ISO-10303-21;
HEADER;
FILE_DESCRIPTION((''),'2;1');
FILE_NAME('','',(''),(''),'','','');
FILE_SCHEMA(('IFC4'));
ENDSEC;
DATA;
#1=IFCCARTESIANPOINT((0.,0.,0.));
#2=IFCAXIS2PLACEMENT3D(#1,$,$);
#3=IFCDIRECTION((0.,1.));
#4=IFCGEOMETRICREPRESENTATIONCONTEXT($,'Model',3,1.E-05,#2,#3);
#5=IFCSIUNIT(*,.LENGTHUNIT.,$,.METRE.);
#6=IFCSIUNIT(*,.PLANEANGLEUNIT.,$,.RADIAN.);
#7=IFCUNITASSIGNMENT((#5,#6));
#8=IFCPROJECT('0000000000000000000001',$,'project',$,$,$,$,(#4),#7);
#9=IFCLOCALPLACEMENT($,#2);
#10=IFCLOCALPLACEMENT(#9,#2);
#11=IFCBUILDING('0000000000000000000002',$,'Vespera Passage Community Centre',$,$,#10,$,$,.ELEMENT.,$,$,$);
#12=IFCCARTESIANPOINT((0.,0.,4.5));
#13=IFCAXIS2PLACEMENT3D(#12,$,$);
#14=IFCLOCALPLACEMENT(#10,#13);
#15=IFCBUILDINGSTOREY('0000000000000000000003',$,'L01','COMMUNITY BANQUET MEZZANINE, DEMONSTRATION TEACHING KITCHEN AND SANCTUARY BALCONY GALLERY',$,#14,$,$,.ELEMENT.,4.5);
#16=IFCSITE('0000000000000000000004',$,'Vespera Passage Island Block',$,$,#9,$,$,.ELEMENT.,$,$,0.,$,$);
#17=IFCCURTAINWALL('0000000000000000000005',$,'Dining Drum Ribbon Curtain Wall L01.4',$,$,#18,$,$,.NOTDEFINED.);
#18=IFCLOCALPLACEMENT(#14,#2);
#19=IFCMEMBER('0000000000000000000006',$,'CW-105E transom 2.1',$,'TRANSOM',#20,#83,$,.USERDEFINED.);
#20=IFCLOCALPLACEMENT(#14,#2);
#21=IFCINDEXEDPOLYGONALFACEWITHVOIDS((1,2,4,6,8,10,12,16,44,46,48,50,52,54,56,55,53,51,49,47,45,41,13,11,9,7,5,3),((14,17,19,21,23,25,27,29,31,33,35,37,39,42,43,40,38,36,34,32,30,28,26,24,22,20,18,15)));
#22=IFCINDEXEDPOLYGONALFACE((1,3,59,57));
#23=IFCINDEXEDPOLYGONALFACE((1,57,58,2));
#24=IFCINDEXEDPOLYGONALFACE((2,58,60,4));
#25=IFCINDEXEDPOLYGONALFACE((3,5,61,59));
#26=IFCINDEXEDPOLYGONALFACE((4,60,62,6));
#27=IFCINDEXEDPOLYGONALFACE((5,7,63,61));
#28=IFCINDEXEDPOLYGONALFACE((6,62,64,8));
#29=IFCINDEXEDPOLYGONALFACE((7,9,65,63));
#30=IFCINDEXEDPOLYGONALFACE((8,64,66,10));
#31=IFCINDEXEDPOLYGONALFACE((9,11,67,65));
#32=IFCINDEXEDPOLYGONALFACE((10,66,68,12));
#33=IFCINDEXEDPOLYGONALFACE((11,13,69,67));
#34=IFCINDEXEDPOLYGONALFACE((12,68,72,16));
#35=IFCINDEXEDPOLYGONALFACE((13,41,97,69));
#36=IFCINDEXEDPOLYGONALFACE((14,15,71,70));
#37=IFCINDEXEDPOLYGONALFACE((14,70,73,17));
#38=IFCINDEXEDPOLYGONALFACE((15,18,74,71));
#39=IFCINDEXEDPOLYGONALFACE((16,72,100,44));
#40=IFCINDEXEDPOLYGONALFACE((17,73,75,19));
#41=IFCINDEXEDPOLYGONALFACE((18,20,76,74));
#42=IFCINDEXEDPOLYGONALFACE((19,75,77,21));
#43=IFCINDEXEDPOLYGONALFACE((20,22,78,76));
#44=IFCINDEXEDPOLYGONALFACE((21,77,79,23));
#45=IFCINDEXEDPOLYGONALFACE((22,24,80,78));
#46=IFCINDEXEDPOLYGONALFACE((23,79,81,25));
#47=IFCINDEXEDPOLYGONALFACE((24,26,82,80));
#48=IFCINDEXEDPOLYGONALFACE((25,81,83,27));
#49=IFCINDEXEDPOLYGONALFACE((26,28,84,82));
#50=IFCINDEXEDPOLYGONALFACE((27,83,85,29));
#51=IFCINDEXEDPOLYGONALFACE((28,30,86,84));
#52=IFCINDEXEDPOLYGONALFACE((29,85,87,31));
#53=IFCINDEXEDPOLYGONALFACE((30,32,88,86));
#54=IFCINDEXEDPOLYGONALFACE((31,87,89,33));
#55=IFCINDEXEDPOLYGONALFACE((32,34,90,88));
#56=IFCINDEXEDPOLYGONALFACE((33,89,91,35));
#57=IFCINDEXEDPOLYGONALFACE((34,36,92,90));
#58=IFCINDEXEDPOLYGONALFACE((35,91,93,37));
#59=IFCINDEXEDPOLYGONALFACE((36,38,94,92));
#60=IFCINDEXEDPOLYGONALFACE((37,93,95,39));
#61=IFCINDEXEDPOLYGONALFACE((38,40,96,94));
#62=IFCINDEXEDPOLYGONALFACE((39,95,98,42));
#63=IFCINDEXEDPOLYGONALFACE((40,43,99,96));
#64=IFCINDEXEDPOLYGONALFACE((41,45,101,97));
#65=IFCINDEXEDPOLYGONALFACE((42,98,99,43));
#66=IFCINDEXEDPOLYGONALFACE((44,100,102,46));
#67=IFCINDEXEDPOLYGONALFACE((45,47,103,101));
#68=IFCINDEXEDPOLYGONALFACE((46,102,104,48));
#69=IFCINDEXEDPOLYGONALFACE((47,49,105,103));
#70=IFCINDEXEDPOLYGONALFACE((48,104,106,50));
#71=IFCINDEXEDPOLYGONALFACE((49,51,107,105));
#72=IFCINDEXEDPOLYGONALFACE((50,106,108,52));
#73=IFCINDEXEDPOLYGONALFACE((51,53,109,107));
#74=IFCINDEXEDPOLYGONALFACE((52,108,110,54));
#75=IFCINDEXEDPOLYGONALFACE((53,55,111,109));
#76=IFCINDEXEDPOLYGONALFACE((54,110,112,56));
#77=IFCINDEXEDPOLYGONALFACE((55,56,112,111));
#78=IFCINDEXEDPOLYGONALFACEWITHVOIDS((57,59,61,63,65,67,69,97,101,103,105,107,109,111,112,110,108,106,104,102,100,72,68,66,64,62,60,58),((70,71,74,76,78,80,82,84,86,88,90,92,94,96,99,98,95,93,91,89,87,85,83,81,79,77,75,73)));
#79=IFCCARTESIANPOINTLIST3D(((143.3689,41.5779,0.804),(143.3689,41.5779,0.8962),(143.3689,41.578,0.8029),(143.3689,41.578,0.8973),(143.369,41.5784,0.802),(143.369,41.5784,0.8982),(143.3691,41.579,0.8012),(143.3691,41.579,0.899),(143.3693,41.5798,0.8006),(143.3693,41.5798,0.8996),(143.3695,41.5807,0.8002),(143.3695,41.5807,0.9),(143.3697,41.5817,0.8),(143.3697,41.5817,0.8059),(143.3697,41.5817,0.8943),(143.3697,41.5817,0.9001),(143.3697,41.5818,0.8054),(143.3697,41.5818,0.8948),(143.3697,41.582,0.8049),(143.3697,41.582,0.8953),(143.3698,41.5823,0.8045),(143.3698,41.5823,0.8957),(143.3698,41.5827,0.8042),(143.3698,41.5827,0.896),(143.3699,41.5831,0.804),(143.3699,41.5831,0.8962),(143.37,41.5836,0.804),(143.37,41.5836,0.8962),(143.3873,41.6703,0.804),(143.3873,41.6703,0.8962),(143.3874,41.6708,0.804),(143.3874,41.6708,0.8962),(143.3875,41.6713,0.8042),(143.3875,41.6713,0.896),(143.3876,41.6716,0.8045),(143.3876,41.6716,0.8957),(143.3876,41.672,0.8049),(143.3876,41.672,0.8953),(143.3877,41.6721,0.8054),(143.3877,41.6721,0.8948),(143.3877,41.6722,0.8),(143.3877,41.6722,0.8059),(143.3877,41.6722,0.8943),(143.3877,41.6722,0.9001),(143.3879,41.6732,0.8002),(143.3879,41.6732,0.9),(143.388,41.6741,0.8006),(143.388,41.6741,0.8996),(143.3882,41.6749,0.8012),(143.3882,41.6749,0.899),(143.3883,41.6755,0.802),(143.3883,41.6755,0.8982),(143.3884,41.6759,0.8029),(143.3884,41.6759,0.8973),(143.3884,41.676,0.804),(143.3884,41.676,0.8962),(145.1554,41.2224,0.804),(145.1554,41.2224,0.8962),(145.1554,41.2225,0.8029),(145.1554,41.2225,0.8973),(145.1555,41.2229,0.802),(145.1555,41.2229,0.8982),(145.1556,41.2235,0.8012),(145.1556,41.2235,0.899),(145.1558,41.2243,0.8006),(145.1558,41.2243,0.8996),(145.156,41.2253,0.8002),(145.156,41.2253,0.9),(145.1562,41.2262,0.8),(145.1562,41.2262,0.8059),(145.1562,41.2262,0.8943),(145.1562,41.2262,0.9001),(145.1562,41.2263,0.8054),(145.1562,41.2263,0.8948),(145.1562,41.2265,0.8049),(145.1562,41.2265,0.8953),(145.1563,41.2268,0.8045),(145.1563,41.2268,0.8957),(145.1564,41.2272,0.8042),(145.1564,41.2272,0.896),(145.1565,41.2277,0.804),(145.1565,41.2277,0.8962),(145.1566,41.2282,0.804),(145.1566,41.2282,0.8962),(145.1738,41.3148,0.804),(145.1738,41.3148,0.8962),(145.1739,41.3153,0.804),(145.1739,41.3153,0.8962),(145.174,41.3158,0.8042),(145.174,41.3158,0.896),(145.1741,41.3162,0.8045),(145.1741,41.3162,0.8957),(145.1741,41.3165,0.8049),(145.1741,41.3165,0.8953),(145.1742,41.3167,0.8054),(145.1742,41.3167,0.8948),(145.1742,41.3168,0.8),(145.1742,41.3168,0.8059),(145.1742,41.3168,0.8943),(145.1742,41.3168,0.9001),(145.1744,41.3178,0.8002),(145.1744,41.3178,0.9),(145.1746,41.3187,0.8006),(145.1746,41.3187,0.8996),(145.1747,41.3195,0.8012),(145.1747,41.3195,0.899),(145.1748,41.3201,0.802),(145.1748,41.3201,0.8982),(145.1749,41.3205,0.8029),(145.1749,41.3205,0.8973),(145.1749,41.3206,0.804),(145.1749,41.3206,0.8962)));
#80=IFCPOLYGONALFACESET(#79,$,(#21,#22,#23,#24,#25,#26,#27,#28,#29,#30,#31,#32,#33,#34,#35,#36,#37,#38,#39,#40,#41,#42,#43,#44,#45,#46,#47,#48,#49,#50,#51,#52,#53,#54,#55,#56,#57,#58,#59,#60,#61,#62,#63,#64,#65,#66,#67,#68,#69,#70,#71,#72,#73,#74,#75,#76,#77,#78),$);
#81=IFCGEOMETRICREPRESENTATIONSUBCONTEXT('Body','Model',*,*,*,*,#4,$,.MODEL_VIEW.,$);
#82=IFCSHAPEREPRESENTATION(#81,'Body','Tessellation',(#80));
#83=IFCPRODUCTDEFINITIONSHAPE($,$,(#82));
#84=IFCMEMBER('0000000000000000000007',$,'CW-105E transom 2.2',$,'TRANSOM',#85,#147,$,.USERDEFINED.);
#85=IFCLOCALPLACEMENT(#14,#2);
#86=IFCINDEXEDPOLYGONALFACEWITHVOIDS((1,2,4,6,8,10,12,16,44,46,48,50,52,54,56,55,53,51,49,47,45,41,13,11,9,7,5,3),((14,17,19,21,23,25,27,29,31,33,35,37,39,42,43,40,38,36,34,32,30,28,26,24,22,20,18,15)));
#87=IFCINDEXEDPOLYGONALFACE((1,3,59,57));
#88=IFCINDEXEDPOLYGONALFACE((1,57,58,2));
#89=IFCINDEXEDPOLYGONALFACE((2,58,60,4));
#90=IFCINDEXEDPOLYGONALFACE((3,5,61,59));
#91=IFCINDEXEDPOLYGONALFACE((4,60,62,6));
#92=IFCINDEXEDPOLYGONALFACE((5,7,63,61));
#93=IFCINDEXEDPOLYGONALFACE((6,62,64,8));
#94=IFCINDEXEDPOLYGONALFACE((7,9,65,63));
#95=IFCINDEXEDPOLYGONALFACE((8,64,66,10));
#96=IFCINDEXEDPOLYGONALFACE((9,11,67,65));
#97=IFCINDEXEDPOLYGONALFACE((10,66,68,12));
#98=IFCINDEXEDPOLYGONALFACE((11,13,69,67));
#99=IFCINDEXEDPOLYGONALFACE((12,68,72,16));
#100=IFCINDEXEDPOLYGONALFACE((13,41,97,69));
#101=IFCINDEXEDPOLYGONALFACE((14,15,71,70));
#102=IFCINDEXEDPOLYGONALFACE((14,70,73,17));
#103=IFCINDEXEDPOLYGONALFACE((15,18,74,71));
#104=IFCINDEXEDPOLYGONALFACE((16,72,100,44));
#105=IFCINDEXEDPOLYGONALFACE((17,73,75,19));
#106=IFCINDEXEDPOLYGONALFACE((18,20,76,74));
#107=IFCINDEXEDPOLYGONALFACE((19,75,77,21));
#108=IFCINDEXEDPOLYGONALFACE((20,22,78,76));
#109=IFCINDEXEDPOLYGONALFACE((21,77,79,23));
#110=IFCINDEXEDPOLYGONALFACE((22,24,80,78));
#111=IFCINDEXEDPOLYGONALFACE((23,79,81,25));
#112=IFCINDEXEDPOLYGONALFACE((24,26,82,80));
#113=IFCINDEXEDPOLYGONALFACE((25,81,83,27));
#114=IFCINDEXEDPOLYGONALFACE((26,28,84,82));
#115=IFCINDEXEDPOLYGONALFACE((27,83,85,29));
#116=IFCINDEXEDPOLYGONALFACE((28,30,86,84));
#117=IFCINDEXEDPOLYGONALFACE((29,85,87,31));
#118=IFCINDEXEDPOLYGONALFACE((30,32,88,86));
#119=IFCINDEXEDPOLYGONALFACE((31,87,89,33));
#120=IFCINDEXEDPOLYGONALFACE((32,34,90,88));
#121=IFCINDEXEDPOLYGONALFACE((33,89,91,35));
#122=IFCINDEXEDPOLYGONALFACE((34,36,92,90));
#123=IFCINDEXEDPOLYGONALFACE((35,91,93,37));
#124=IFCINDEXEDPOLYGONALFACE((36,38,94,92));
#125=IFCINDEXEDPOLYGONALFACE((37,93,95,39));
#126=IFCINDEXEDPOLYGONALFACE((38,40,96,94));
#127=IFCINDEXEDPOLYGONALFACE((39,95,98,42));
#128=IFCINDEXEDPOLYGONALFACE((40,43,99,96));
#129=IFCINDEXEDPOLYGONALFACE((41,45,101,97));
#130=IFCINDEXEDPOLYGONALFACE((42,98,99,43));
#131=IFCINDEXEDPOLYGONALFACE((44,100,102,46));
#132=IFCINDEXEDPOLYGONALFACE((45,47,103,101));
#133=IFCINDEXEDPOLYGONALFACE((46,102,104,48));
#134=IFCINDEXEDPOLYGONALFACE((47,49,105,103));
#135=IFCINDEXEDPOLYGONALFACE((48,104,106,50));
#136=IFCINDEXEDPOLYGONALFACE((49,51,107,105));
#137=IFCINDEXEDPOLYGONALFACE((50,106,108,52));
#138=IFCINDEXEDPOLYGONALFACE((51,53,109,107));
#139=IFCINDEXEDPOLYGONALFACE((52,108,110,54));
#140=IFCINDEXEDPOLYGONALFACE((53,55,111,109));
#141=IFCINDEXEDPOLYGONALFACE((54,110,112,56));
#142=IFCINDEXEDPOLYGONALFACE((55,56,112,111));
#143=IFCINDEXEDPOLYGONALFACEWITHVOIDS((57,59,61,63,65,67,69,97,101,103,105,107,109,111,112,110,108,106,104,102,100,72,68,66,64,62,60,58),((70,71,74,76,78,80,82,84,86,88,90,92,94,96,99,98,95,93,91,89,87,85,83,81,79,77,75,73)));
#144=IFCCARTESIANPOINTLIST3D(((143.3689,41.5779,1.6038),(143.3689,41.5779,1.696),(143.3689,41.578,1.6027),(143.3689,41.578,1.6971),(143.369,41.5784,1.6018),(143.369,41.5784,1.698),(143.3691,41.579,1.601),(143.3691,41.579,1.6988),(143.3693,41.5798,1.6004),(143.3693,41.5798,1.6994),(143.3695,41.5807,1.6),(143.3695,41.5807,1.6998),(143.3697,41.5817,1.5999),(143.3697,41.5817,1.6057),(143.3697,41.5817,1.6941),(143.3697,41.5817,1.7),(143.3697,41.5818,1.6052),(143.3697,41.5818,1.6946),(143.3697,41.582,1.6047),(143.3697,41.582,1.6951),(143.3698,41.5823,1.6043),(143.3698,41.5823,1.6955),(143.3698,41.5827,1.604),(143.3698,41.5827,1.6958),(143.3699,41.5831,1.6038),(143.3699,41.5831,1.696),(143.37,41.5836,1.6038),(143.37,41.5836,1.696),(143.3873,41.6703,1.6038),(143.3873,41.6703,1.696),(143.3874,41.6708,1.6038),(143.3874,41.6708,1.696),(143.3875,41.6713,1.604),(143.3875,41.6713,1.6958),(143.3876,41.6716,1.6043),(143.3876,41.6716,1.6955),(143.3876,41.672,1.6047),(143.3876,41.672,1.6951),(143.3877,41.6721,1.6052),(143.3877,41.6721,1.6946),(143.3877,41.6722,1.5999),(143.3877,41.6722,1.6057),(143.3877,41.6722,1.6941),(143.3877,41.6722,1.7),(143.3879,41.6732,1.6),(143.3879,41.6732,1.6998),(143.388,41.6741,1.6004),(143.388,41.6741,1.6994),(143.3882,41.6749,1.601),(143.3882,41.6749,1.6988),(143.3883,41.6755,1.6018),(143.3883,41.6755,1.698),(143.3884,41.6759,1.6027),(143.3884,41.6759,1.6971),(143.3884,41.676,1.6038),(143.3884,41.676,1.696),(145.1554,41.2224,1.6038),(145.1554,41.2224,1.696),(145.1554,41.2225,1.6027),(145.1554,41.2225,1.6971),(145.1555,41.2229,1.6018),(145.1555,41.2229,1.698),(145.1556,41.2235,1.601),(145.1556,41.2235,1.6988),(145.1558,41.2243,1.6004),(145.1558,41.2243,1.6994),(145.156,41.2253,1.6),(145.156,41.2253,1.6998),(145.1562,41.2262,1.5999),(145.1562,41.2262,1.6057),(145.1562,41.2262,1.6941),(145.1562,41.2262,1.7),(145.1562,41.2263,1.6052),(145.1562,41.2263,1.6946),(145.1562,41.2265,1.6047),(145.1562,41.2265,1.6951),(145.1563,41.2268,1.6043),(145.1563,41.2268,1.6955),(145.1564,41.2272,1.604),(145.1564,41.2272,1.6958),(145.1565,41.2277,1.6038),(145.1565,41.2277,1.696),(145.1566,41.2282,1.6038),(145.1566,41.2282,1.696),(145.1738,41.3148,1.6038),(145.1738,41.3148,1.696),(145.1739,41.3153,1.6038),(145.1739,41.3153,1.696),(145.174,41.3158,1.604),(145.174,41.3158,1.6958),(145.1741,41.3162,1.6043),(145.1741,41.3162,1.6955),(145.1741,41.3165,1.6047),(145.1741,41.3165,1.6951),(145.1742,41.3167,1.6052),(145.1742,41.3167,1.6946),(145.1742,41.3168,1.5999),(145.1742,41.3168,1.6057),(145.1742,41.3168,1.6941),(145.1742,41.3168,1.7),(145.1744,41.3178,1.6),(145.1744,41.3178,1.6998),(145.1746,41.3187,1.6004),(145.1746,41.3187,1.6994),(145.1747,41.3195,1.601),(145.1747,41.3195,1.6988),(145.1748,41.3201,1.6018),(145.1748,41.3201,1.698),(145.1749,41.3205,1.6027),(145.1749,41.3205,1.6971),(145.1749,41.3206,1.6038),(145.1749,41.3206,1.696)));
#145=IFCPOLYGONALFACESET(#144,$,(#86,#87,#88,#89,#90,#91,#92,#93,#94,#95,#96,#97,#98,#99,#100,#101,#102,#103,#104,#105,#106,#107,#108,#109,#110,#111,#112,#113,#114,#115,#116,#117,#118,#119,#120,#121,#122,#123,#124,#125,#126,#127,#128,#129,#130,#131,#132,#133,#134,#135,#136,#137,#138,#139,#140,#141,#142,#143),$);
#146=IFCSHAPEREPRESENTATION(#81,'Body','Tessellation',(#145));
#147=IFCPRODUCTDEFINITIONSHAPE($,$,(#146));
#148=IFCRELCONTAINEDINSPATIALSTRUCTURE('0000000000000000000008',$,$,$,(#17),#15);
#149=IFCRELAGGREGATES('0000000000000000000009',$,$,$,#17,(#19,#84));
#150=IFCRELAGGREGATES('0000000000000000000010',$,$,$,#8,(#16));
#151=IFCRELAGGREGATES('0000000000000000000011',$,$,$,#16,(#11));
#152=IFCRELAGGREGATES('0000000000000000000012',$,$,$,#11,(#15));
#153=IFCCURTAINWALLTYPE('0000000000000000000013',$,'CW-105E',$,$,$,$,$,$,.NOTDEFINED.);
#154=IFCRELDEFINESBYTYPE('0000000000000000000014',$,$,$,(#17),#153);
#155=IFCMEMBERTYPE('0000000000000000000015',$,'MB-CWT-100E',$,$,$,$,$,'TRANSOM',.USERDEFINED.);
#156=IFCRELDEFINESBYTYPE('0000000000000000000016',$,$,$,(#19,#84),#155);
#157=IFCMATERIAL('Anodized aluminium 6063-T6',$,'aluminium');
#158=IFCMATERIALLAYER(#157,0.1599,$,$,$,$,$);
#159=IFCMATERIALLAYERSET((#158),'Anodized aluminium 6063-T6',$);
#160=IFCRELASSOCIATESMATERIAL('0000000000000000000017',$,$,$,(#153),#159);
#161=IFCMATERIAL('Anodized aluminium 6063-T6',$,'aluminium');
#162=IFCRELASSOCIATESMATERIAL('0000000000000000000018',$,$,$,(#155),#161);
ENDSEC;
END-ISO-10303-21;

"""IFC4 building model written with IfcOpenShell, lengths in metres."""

from ifc_helpers import new_model, si_unit, direction, frame, origin, origin_2d, place, context, subcontext, project, spatial, hollow_rectangle, extrude, material, layer, layer_set, material_profile, profile_set, type_object, element, aggregate, save


model = new_model("IFC4")

# Units and contexts
model_context = context("Model", 3, precision=1e-05, world=origin(), true_north=direction((0.0, 1.0)))
body_context = subcontext(model_context, "Body", "Model", "MODEL_VIEW")
ifc_project = project(units=[si_unit("LENGTHUNIT", "METRE"), si_unit("PLANEANGLEUNIT", "RADIAN")], contexts=[model_context])

# Site, building, storey
site_placement = place(None, origin())
site = spatial("IfcSite", under=ifc_project, at=site_placement, Name="Vespera Passage Island Block", CompositionType="ELEMENT", RefElevation=0.0)
building_placement = place(site_placement, origin())
building = spatial("IfcBuilding", under=site, at=building_placement, Name="Vespera Passage Community Centre", CompositionType="ELEMENT")
storey_placement = place(building_placement, frame((0.0, 0.0, 4.5)))
storey = spatial("IfcBuildingStorey", under=building, at=storey_placement, Name="L01", Description="COMMUNITY BANQUET MEZZANINE, DEMONSTRATION TEACHING KITCHEN AND SANCTUARY BALCONY GALLERY", CompositionType="ELEMENT", Elevation=4.5)

# Curtain wall
ifc_material_1 = material(Name="Anodized aluminium 6063-T6", Category="aluminium")
ifc_layer_1 = layer(ifc_material_1, 0.1599)
ifc_layer_set_1 = layer_set([ifc_layer_1], Name="Anodized aluminium 6063-T6")
curtain_wall_type = type_object("IfcCurtainWallType", Name="CW-105E", PredefinedType="NOTDEFINED", material=ifc_layer_set_1)
curtain_wall_1_placement = place(storey_placement, origin())
curtain_wall_1 = element("IfcCurtainWall", 1, at=curtain_wall_1_placement, inside=storey, type_object=curtain_wall_type, Name="Dining Drum Ribbon Curtain Wall L01.4", PredefinedType="NOTDEFINED")

# Members
ifc_material_2 = material(Name="Anodized aluminium 6063-T6", Category="aluminium")
ifc_material_profile_1 = material_profile(ifc_material_2, hollow_rectangle(XDim=0.1001, YDim=0.1001, WallThickness=0.0039, InnerFilletRadius=0.002, OuterFilletRadius=0.0039, at=origin_2d()), Name="ALU100X100X4")
ifc_profile_set_1 = profile_set([ifc_material_profile_1], Name="Anodized aluminium 6063-T6")
member_type_1 = type_object("IfcMemberType", Name="MB-CWT-100E", ElementType="TRANSOM", PredefinedType="USERDEFINED", material=ifc_profile_set_1)
member_1_placement = place(storey_placement, frame((143.3787, 41.627, 0.8501), z_axis=(0.980776, -0.195137, 0.0), x_axis=(0.195137, 0.980776, 0.0)))
member_1 = element("IfcMember", 2, at=member_1_placement, type_object=member_type_1, Name="CW-105E transom 2.1", ObjectType="TRANSOM", PredefinedType="USERDEFINED", context=body_context, shape_type="SweptSolid", body=[
    extrude(hollow_rectangle(XDim=0.1001, YDim=0.1001, WallThickness=0.0039, InnerFilletRadius=0.002, OuterFilletRadius=0.0039, at=origin_2d()), origin(), (0.0, 0.0, 1.0), 1.8215),
])
member_2_placement = place(storey_placement, frame((143.3787, 41.627, 1.6499), z_axis=(0.980776, -0.195137, 0.0), x_axis=(0.195137, 0.980776, 0.0)))
member_2 = element("IfcMember", 3, at=member_2_placement, type_object=member_type_1, Name="CW-105E transom 2.2", ObjectType="TRANSOM", PredefinedType="USERDEFINED", context=body_context, shape_type="SweptSolid", body=[
    extrude(hollow_rectangle(XDim=0.1001, YDim=0.1001, WallThickness=0.0039, InnerFilletRadius=0.002, OuterFilletRadius=0.0039, at=origin_2d()), origin(), (0.0, 0.0, 1.0), 1.8215),
])

aggregate(curtain_wall_1, [member_1, member_2])

save(model, "model.ifc")
